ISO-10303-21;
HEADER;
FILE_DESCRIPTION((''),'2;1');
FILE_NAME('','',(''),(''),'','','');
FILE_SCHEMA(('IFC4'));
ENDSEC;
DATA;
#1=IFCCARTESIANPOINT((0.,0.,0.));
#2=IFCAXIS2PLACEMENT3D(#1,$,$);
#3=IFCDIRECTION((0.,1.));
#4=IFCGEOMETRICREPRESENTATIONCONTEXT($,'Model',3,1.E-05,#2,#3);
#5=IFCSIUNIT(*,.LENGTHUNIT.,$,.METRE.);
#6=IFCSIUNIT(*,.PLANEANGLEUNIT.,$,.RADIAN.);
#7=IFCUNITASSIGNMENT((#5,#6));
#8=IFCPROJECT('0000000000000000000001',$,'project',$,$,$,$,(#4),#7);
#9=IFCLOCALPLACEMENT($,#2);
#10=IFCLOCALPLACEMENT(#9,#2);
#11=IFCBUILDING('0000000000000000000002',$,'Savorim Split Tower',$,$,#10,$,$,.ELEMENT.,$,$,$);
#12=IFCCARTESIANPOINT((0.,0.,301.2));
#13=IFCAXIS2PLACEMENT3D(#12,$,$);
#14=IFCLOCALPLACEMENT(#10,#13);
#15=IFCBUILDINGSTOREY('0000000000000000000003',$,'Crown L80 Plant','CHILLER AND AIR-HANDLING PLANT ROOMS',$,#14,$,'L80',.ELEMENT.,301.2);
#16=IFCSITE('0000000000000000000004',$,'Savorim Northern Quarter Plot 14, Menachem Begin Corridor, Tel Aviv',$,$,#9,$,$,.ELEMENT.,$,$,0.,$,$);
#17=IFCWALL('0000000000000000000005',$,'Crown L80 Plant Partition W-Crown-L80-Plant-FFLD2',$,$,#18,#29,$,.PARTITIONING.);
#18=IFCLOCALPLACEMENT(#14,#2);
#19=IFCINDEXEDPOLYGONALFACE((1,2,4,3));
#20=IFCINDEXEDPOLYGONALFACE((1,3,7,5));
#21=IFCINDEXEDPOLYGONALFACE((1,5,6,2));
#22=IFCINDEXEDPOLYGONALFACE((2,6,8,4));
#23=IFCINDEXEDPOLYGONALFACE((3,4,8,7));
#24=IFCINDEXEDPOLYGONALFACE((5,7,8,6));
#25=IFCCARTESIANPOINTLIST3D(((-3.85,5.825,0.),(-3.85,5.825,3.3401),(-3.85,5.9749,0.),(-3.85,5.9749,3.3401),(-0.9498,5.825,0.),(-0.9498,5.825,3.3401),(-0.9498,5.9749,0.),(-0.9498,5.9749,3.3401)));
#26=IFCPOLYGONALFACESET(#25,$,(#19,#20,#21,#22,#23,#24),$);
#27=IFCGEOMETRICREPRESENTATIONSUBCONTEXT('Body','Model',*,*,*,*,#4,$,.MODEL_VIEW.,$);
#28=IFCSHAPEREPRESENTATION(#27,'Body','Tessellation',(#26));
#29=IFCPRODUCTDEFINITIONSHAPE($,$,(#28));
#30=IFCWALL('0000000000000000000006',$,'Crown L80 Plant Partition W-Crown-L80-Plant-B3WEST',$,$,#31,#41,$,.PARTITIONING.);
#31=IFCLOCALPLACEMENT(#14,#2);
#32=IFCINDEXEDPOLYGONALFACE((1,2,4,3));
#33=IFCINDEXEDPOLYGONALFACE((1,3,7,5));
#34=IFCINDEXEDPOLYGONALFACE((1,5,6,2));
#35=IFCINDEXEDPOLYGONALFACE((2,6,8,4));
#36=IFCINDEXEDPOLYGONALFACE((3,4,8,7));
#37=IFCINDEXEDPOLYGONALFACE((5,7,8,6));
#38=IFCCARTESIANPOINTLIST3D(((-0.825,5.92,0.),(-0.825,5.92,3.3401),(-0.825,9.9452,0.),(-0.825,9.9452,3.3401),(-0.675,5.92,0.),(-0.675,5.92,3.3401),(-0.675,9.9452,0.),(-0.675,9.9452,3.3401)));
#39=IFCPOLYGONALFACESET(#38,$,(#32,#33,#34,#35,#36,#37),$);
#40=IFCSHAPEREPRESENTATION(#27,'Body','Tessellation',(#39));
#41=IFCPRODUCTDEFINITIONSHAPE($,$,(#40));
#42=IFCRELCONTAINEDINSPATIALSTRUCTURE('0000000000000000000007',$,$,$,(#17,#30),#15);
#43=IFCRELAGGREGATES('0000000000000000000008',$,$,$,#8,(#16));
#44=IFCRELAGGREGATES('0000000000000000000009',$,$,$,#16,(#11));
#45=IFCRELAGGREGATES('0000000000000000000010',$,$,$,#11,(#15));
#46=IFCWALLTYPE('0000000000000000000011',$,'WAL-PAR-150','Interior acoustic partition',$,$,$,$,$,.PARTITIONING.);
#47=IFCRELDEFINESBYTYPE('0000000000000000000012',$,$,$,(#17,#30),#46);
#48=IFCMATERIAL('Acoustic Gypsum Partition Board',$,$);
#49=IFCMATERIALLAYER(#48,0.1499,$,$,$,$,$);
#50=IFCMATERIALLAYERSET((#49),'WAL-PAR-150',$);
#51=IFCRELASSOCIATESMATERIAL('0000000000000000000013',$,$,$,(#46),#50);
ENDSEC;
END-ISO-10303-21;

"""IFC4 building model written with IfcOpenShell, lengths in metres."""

from ifc_helpers import new_model, si_unit, direction, frame, frame_2d, origin, place, context, subcontext, project, spatial, rectangle, extrude, material, layer, layer_set, type_object, element, save


model = new_model("IFC4")

# Units and contexts
model_context = context("Model", 3, precision=1e-05, world=origin(), true_north=direction((0.0, 1.0)))
body_context = subcontext(model_context, "Body", "Model", "MODEL_VIEW")
ifc_project = project(units=[si_unit("LENGTHUNIT", "METRE"), si_unit("PLANEANGLEUNIT", "RADIAN")], contexts=[model_context])

# Site, building, storey
site_placement = place(None, origin())
site = spatial("IfcSite", under=ifc_project, at=site_placement, Name="Savorim Northern Quarter Plot 14, Menachem Begin Corridor, Tel Aviv", CompositionType="ELEMENT", RefElevation=0.0)
building_placement = place(site_placement, origin())
building = spatial("IfcBuilding", under=site, at=building_placement, Name="Savorim Split Tower", CompositionType="ELEMENT")
storey_placement = place(building_placement, frame((0.0, 0.0, 301.2)))
storey = spatial("IfcBuildingStorey", under=building, at=storey_placement, Name="Crown L80 Plant", Description="CHILLER AND AIR-HANDLING PLANT ROOMS", LongName="L80", CompositionType="ELEMENT", Elevation=301.2)

# Walls
ifc_material_1 = material(Name="Acoustic Gypsum Partition Board")
ifc_layer_1 = layer(ifc_material_1, 0.1499)
ifc_layer_set_1 = layer_set([ifc_layer_1], Name="WAL-PAR-150")
wall_type_1 = type_object("IfcWallType", Name="WAL-PAR-150", Description="Interior acoustic partition", PredefinedType="PARTITIONING", material=ifc_layer_set_1)
wall_1_placement = place(storey_placement, frame((-3.8501, 5.8999, 0.0), z_axis=(0.0, 0.0, 1.0), x_axis=(1.0, 0.0, 0.0)))
element("IfcWall", 1, at=wall_1_placement, inside=storey, type_object=wall_type_1, Name="Crown L80 Plant Partition W-Crown-L80-Plant-FFLD2", PredefinedType="PARTITIONING", context=body_context, shape_type="SweptSolid", body=[
    extrude(rectangle(XDim=2.9001, YDim=0.1499, at=frame_2d((1.4502, 0.0))), origin(), (0.0, 0.0, 1.0), 3.3401),
])
wall_2_placement = place(storey_placement, frame((-0.75, 5.9199, 0.0), z_axis=(0.0, 0.0, 1.0), x_axis=(0.0, 1.0, 0.0)))
element("IfcWall", 2, at=wall_2_placement, inside=storey, type_object=wall_type_1, Name="Crown L80 Plant Partition W-Crown-L80-Plant-B3WEST", PredefinedType="PARTITIONING", context=body_context, shape_type="SweptSolid", body=[
    extrude(rectangle(XDim=4.0251, YDim=0.1499, at=frame_2d((2.0127, 0.0))), origin(), (0.0, 0.0, 1.0), 3.3401),
])

save(model, "model.ifc")
